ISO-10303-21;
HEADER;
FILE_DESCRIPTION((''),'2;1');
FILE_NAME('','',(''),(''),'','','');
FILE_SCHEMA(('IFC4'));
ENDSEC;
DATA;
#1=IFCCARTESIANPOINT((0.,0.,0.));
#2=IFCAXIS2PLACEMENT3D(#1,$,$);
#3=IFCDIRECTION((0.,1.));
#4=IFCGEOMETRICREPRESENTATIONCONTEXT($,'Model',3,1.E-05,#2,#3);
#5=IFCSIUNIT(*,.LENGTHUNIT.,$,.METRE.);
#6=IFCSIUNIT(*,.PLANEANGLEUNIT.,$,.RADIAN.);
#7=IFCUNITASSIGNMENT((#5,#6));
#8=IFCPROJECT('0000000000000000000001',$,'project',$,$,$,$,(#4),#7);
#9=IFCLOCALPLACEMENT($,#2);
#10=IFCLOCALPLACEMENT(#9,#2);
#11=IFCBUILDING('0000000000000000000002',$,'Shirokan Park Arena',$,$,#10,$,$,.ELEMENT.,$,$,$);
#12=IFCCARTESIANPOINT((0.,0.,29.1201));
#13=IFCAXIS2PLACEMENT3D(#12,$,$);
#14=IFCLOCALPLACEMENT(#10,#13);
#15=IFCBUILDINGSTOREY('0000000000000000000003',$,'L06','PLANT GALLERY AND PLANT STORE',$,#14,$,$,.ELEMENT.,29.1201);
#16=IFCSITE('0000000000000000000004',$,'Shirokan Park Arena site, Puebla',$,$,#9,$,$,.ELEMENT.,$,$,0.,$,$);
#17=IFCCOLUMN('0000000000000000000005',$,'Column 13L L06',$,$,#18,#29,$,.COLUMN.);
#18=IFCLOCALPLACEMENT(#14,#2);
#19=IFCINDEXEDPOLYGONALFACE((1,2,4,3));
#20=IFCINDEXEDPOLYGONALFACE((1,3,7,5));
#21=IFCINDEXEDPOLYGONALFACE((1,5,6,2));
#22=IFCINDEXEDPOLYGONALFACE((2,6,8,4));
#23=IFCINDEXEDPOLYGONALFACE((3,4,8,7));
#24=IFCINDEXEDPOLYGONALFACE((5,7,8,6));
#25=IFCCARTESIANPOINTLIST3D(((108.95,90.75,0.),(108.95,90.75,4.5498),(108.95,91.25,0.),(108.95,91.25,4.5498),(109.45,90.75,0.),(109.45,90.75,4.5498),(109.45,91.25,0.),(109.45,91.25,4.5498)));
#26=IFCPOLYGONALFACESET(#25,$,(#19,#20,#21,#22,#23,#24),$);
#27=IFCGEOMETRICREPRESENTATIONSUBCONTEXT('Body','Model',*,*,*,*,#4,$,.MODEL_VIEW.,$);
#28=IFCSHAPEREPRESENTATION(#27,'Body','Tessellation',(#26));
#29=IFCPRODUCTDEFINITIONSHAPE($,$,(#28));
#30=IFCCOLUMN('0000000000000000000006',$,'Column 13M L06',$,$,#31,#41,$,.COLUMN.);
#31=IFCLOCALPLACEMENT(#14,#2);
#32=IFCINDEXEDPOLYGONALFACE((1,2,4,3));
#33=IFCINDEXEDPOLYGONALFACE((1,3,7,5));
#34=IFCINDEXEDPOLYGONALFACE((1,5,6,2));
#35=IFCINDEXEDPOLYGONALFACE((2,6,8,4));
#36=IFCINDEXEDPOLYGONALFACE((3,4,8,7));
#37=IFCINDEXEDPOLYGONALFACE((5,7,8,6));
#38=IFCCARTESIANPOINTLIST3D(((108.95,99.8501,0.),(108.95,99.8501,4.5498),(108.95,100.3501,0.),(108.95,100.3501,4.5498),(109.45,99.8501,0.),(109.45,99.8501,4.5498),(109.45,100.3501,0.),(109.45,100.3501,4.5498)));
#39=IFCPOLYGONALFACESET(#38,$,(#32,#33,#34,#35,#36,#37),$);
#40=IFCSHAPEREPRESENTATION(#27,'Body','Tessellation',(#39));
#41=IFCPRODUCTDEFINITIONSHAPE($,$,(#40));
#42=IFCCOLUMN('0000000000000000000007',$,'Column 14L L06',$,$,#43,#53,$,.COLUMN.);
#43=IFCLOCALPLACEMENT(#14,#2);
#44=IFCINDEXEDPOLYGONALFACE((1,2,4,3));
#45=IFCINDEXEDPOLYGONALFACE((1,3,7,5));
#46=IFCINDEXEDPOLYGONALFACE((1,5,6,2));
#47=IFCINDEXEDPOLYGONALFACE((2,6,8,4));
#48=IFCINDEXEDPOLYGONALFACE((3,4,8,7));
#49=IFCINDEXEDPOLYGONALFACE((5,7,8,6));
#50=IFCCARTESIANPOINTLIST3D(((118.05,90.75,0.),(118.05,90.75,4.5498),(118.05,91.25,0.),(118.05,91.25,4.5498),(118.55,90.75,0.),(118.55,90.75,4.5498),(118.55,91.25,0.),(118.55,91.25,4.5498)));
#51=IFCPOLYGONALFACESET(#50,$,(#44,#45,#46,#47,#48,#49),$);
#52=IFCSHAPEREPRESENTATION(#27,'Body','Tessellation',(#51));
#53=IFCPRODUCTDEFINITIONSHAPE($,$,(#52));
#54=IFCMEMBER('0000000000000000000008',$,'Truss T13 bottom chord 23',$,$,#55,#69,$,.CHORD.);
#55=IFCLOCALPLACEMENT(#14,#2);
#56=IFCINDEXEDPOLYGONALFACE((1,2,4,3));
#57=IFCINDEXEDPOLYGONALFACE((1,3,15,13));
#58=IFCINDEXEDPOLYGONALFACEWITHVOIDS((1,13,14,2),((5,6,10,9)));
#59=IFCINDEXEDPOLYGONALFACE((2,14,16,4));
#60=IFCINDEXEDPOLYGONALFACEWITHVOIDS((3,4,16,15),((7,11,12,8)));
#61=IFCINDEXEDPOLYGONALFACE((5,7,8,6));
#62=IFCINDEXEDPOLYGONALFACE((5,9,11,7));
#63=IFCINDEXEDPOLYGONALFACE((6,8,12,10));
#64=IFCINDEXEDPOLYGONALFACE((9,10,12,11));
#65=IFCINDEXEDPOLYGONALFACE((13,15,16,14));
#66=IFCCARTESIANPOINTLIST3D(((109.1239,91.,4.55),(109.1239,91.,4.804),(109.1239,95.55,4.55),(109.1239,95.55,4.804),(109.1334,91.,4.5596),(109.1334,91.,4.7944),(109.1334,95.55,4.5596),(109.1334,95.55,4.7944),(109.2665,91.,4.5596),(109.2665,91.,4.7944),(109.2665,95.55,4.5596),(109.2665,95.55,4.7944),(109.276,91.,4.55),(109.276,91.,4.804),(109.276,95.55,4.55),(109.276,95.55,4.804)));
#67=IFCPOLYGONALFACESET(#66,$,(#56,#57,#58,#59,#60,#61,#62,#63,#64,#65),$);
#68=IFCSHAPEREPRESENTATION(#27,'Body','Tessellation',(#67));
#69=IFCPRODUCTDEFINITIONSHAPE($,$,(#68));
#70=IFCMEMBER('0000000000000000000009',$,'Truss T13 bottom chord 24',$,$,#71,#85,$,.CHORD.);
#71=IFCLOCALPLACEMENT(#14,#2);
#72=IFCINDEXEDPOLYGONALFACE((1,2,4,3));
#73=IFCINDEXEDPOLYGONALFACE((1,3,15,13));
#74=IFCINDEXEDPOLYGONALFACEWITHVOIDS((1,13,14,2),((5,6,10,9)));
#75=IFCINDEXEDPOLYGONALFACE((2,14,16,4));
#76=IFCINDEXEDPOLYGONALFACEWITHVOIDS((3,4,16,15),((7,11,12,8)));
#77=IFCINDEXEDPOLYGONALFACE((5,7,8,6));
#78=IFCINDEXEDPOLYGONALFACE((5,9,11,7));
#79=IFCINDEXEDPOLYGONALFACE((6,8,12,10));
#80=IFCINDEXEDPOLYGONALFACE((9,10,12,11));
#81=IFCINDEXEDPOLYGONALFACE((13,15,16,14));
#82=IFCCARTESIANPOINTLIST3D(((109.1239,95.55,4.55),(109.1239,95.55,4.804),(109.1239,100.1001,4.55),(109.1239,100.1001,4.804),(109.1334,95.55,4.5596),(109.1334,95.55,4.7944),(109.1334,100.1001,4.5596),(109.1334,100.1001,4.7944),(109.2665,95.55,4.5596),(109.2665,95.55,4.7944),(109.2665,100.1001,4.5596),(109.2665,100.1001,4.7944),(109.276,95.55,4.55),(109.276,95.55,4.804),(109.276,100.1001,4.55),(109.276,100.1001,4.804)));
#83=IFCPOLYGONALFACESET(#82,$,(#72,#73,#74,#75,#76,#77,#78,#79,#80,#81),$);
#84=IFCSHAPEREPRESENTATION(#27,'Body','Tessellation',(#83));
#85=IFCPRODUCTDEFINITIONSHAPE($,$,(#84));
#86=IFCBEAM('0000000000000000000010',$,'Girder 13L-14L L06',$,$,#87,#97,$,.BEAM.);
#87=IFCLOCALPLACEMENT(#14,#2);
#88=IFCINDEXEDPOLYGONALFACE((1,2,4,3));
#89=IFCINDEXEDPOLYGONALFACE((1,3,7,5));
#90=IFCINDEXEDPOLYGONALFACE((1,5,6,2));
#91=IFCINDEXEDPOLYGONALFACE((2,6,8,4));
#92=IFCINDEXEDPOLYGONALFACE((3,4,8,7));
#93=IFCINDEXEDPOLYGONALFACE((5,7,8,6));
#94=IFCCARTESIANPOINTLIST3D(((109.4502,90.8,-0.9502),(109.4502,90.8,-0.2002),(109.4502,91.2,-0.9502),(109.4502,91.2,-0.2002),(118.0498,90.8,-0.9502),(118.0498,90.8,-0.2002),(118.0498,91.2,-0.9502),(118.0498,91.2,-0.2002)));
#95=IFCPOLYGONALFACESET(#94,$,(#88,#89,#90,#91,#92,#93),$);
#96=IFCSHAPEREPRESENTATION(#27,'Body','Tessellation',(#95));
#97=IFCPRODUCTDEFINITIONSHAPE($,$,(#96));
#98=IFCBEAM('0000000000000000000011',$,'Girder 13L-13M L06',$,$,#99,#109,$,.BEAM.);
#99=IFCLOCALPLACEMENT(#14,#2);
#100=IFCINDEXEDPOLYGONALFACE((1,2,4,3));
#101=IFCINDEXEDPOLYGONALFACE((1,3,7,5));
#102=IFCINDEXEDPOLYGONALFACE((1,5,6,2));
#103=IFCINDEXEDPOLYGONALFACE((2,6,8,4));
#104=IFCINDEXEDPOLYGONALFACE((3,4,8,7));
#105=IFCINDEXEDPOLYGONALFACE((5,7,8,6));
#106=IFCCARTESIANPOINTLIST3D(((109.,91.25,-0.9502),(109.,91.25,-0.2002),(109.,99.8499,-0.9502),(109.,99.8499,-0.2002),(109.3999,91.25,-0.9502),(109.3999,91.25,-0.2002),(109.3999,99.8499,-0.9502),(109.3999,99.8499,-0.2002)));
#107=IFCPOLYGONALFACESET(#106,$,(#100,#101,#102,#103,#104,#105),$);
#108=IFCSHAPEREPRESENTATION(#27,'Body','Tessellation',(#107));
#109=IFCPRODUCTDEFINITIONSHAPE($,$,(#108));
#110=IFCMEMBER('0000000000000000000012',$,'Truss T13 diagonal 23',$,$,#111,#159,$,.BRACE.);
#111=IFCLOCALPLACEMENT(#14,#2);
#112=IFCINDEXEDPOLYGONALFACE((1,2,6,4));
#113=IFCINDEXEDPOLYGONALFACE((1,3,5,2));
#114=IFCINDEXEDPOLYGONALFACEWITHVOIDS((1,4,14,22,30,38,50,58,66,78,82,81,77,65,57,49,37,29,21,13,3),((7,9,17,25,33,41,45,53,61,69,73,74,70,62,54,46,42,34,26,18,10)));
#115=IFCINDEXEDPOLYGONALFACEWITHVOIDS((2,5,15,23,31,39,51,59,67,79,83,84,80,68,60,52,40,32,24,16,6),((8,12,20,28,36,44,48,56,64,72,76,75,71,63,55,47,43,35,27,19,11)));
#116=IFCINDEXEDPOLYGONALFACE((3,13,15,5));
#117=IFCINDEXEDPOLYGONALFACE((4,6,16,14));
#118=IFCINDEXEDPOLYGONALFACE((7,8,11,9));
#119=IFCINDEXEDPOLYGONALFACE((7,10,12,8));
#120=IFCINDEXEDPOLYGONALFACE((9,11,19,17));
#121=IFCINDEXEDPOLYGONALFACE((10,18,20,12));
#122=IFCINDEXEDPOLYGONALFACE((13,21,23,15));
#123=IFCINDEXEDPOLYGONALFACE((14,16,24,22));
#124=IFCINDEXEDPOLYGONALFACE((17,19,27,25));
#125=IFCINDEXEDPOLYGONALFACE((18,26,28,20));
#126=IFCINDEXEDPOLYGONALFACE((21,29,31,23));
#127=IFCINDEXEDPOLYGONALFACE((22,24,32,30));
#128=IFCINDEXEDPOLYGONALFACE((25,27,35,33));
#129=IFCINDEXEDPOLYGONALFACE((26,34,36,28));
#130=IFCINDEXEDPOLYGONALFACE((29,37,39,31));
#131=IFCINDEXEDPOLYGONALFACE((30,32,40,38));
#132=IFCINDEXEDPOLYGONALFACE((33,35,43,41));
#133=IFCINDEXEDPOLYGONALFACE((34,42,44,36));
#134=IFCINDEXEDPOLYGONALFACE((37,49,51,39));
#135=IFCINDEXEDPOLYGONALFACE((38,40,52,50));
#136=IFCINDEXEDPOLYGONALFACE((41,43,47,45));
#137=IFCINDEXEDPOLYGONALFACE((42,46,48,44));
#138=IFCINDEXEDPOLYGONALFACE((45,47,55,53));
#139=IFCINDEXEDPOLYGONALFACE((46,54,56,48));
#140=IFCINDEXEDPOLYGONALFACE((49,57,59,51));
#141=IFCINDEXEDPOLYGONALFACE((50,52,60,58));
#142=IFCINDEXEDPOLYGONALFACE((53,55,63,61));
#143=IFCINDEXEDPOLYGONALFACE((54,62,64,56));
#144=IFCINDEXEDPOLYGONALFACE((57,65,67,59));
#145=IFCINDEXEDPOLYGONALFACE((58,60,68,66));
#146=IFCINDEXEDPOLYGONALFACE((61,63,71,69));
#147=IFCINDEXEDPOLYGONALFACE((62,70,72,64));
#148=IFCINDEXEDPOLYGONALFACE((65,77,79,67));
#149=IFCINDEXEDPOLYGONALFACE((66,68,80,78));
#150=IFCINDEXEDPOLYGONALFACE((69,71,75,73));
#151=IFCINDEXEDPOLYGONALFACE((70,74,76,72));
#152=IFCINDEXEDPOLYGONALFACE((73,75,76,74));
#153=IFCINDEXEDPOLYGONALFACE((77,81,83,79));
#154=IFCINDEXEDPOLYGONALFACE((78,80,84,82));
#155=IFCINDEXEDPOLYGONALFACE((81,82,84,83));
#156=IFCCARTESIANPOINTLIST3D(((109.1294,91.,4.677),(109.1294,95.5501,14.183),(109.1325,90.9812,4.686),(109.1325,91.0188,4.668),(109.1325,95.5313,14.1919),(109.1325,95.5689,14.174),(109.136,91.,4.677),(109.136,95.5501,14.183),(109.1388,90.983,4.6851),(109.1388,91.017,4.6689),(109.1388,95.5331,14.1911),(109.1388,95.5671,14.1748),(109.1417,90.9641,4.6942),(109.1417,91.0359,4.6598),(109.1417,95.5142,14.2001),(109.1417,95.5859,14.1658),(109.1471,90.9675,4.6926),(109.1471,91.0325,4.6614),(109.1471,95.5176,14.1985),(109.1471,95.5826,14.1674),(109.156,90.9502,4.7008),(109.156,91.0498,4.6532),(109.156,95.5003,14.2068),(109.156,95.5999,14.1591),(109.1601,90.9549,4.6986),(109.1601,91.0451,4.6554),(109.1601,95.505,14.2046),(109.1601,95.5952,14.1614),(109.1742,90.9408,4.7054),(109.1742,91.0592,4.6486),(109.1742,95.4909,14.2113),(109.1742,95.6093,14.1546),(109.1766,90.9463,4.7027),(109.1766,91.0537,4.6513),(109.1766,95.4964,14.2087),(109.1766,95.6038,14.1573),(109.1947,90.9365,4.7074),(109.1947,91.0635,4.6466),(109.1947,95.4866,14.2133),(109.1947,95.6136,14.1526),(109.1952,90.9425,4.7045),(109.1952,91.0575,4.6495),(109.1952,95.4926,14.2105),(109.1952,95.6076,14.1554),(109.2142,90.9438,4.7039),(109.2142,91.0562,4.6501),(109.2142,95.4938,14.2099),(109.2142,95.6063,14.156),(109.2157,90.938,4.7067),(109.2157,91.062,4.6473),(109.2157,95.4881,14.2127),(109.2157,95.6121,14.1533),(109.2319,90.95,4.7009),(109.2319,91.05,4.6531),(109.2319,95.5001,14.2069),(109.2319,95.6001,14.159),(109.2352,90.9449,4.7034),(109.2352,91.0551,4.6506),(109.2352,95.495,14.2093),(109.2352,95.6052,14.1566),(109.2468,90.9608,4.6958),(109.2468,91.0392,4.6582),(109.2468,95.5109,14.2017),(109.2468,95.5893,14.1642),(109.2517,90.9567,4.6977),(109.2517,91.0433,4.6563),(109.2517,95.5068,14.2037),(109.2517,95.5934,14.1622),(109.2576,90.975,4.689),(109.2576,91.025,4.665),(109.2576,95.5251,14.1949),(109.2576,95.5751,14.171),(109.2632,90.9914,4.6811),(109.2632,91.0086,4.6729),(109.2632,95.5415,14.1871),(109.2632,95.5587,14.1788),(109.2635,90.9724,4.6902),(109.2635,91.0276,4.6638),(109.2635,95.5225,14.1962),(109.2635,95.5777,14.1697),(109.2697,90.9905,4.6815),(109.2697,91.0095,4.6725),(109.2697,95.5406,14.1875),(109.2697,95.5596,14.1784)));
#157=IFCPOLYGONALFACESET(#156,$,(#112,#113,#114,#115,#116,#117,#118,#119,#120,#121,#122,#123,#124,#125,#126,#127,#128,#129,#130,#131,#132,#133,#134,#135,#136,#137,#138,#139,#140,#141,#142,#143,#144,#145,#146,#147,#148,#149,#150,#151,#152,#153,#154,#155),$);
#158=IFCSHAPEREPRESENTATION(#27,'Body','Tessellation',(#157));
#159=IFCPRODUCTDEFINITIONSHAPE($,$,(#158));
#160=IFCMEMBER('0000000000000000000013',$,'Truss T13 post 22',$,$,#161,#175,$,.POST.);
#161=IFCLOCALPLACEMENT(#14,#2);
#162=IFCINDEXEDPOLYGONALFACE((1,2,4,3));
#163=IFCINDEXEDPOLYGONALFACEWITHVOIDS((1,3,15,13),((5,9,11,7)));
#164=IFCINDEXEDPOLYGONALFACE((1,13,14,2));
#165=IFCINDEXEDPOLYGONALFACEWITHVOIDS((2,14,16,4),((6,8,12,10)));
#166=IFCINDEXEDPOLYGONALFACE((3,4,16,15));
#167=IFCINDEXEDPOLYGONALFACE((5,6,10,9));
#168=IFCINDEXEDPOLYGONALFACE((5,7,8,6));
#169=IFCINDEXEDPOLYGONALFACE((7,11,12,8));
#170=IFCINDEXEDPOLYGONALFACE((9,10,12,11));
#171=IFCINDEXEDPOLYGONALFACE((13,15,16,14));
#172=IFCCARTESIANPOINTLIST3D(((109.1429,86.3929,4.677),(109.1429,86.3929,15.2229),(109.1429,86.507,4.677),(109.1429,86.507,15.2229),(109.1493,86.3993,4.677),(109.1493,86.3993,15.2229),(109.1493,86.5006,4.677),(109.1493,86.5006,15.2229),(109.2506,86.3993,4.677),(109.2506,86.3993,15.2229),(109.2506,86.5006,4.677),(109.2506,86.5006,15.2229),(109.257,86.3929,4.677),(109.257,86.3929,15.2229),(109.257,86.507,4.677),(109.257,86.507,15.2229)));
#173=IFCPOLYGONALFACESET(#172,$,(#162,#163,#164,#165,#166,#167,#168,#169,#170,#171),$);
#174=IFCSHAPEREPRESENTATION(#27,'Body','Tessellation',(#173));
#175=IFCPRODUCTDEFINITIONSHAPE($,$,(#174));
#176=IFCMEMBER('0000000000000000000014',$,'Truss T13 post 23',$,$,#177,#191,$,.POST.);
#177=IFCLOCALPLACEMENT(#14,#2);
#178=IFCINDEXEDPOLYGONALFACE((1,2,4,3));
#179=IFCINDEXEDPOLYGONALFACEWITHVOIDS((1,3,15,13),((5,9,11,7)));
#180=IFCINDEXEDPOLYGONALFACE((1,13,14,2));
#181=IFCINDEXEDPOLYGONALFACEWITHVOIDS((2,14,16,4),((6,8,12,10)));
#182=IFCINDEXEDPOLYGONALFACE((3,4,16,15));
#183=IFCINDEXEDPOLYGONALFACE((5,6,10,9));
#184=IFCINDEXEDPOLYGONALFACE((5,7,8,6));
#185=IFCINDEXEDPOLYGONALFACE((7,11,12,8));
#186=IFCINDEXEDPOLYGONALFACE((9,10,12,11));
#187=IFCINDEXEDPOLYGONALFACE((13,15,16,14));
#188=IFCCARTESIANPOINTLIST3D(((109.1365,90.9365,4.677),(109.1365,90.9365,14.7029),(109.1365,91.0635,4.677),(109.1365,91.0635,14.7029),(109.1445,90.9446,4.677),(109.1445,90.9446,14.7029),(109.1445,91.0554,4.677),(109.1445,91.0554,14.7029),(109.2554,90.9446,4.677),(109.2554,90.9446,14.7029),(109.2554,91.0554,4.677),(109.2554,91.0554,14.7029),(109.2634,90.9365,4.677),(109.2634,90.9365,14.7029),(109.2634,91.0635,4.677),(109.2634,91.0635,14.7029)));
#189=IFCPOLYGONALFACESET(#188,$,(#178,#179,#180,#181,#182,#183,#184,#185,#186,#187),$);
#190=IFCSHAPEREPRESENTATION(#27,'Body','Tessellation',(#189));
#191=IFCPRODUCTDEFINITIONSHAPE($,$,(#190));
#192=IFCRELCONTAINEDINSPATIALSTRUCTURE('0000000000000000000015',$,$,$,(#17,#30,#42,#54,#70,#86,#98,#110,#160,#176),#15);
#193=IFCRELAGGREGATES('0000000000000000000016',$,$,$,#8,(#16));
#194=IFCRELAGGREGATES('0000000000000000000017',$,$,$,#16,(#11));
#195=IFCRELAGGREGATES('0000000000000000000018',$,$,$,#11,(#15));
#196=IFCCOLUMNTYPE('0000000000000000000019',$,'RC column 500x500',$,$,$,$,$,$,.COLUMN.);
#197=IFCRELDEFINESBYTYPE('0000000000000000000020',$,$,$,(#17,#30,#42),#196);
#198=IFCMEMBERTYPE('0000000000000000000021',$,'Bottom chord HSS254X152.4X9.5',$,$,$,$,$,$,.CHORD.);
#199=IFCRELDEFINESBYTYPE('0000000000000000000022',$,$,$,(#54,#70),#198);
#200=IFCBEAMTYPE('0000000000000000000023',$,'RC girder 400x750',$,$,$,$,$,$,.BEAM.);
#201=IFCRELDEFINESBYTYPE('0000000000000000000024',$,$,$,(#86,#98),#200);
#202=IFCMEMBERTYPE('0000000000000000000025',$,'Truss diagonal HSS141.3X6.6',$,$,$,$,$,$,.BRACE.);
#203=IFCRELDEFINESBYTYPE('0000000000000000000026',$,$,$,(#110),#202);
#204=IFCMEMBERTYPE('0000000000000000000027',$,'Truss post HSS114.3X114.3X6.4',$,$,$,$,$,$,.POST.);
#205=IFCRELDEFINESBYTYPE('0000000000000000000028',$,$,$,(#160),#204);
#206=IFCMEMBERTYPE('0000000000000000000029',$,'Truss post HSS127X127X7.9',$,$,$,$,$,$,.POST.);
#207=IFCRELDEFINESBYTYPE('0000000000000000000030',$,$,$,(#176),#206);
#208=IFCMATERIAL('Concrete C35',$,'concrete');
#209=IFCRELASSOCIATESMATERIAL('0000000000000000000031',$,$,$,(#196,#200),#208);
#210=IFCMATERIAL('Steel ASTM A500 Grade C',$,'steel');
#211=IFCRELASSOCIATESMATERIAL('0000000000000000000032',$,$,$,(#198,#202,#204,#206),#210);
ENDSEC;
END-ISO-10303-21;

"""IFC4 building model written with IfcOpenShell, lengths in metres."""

from ifc_helpers import new_model, si_unit, direction, frame, origin, origin_2d, place, context, subcontext, project, spatial, rectangle, hollow_rectangle, hollow_circle, extrude, material, material_profile, profile_set, type_object, element, save


model = new_model("IFC4")

# Units and contexts
model_context = context("Model", 3, precision=1e-05, world=origin(), true_north=direction((0.0, 1.0)))
body_context = subcontext(model_context, "Body", "Model", "MODEL_VIEW")
ifc_project = project(units=[si_unit("LENGTHUNIT", "METRE"), si_unit("PLANEANGLEUNIT", "RADIAN")], contexts=[model_context])

# Site, building, storey
site_placement = place(None, origin())
site = spatial("IfcSite", under=ifc_project, at=site_placement, Name="Shirokan Park Arena site, Puebla", CompositionType="ELEMENT", RefElevation=0.0)
building_placement = place(site_placement, origin())
building = spatial("IfcBuilding", under=site, at=building_placement, Name="Shirokan Park Arena", CompositionType="ELEMENT")
storey_placement = place(building_placement, frame((0.0, 0.0, 29.1201)))
storey = spatial("IfcBuildingStorey", under=building, at=storey_placement, Name="L06", Description="PLANT GALLERY AND PLANT STORE", CompositionType="ELEMENT", Elevation=29.1201)

# Columns
ifc_material_1 = material(Name="Concrete C35", Category="concrete")
ifc_material_profile_1 = material_profile(ifc_material_1, rectangle(XDim=0.5, YDim=0.5, at=origin_2d()), Name="500x500")
ifc_profile_set_1 = profile_set([ifc_material_profile_1], Name="Concrete C35")
column_type = type_object("IfcColumnType", Name="RC column 500x500", PredefinedType="COLUMN", material=ifc_profile_set_1)
for number, where, z_axis, x_axis, name in (
    (1, (109.2, 91.0, 0.0), (0.0, 0.0, 1.0), (1.0, 0.0, 0.0), "Column 13L L06"),
    (2, (109.2, 100.1001, 0.0), (0.0, 0.0, 1.0), (1.0, 0.0, 0.0), "Column 13M L06"),
    (3, (118.3, 91.0, 0.0), (0.0, 0.0, 1.0), (1.0, 0.0, 0.0), "Column 14L L06"),
):
    element("IfcColumn", number, at=place(storey_placement, frame(where, z_axis=z_axis, x_axis=x_axis)), inside=storey, type_object=column_type, Name=name, PredefinedType="COLUMN", context=body_context, shape_type="SweptSolid", body=[
        extrude(rectangle(XDim=0.5, YDim=0.5, at=origin_2d()), origin(), (0.0, 0.0, 1.0), 4.5498),
    ])

# Members
ifc_material_2 = material(Name="Steel ASTM A500 Grade C", Category="steel")
ifc_material_profile_2 = material_profile(ifc_material_2, hollow_rectangle(XDim=0.1521, YDim=0.2539, WallThickness=0.0095, at=origin_2d()), Name="HSS254X152.4X9.5")
ifc_profile_set_2 = profile_set([ifc_material_profile_2], Name="Steel ASTM A500 Grade C")
member_type_1 = type_object("IfcMemberType", Name="Bottom chord HSS254X152.4X9.5", PredefinedType="CHORD", material=ifc_profile_set_2)
for number, where, z_axis, x_axis, name in (
    (4, (109.2, 91.0, 4.677), (0.0, 1.0, 0.0), (-1.0, 0.0, 0.0), "Truss T13 bottom chord 23"),
    (5, (109.2, 95.55, 4.677), (0.0, 1.0, 0.0), (-1.0, 0.0, 0.0), "Truss T13 bottom chord 24"),
):
    element("IfcMember", number, at=place(storey_placement, frame(where, z_axis=z_axis, x_axis=x_axis)), inside=storey, type_object=member_type_1, Name=name, PredefinedType="CHORD", context=body_context, shape_type="SweptSolid", body=[
        extrude(hollow_rectangle(XDim=0.1521, YDim=0.2539, WallThickness=0.0095, at=origin_2d()), origin(), (0.0, 0.0, 1.0), 4.55),
    ])

# Beams
ifc_material_profile_3 = material_profile(ifc_material_1, rectangle(XDim=0.3999, YDim=0.75, at=origin_2d()), Name="400x750")
ifc_profile_set_3 = profile_set([ifc_material_profile_3], Name="Concrete C35")
beam_type = type_object("IfcBeamType", Name="RC girder 400x750", PredefinedType="BEAM", material=ifc_profile_set_3)
beam_1_placement = place(storey_placement, frame((109.4502, 91.0, -0.5752), z_axis=(1.0, 0.0, 0.0), x_axis=(0.0, 1.0, 0.0)))
element("IfcBeam", 6, at=beam_1_placement, inside=storey, type_object=beam_type, Name="Girder 13L-14L L06", PredefinedType="BEAM", context=body_context, shape_type="SweptSolid", body=[
    extrude(rectangle(XDim=0.3999, YDim=0.75, at=origin_2d()), origin(), (0.0, 0.0, 1.0), 8.5996),
])
beam_2_placement = place(storey_placement, frame((109.2, 91.25, -0.5752), z_axis=(0.0, 1.0, 0.0), x_axis=(-1.0, 0.0, 0.0)))
element("IfcBeam", 7, at=beam_2_placement, inside=storey, type_object=beam_type, Name="Girder 13L-13M L06", PredefinedType="BEAM", context=body_context, shape_type="SweptSolid", body=[
    extrude(rectangle(XDim=0.3999, YDim=0.75, at=origin_2d()), origin(), (0.0, 0.0, 1.0), 8.5999),
])

# Members
ifc_material_profile_4 = material_profile(ifc_material_2, hollow_circle(Radius=0.0706, WallThickness=0.0066, at=origin_2d()), Name="HSS141.3X6.6")
ifc_profile_set_4 = profile_set([ifc_material_profile_4], Name="Steel ASTM A500 Grade C")
member_type_2 = type_object("IfcMemberType", Name="Truss diagonal HSS141.3X6.6", PredefinedType="BRACE", material=ifc_profile_set_4)
member_1_placement = place(storey_placement, frame((109.2, 91.0, 4.677), z_axis=(0.0, 0.431746, 0.901995), x_axis=(-1.0, 0.0, 0.0)))
element("IfcMember", 8, at=member_1_placement, inside=storey, type_object=member_type_2, Name="Truss T13 diagonal 23", PredefinedType="BRACE", context=body_context, shape_type="SweptSolid", body=[
    extrude(hollow_circle(Radius=0.0706, WallThickness=0.0066, at=origin_2d()), origin(), (0.0, 0.0, 1.0), 10.5388),
])
ifc_material_profile_5 = material_profile(ifc_material_2, hollow_rectangle(XDim=0.114, YDim=0.114, WallThickness=0.0063, at=origin_2d()), Name="HSS114.3X114.3X6.4")
ifc_profile_set_5 = profile_set([ifc_material_profile_5], Name="Steel ASTM A500 Grade C")
member_type_3 = type_object("IfcMemberType", Name="Truss post HSS114.3X114.3X6.4", PredefinedType="POST", material=ifc_profile_set_5)
member_2_placement = place(storey_placement, frame((109.2, 86.45, 4.677), z_axis=(0.0, 0.0, 1.0), x_axis=(1.0, 0.0, 0.0)))
element("IfcMember", 9, at=member_2_placement, inside=storey, type_object=member_type_3, Name="Truss T13 post 22", PredefinedType="POST", context=body_context, shape_type="SweptSolid", body=[
    extrude(hollow_rectangle(XDim=0.114, YDim=0.114, WallThickness=0.0063, at=origin_2d()), origin(), (0.0, 0.0, 1.0), 10.5459),
])
ifc_material_profile_6 = material_profile(ifc_material_2, hollow_rectangle(XDim=0.127, YDim=0.127, WallThickness=0.0081, at=origin_2d()), Name="HSS127X127X7.9")
ifc_profile_set_6 = profile_set([ifc_material_profile_6], Name="Steel ASTM A500 Grade C")
member_type_4 = type_object("IfcMemberType", Name="Truss post HSS127X127X7.9", PredefinedType="POST", material=ifc_profile_set_6)
member_3_placement = place(storey_placement, frame((109.2, 91.0, 4.677), z_axis=(0.0, 0.0, 1.0), x_axis=(1.0, 0.0, 0.0)))
element("IfcMember", 10, at=member_3_placement, inside=storey, type_object=member_type_4, Name="Truss T13 post 23", PredefinedType="POST", context=body_context, shape_type="SweptSolid", body=[
    extrude(hollow_rectangle(XDim=0.127, YDim=0.127, WallThickness=0.0081, at=origin_2d()), origin(), (0.0, 0.0, 1.0), 10.0259),
])

save(model, "model.ifc")
